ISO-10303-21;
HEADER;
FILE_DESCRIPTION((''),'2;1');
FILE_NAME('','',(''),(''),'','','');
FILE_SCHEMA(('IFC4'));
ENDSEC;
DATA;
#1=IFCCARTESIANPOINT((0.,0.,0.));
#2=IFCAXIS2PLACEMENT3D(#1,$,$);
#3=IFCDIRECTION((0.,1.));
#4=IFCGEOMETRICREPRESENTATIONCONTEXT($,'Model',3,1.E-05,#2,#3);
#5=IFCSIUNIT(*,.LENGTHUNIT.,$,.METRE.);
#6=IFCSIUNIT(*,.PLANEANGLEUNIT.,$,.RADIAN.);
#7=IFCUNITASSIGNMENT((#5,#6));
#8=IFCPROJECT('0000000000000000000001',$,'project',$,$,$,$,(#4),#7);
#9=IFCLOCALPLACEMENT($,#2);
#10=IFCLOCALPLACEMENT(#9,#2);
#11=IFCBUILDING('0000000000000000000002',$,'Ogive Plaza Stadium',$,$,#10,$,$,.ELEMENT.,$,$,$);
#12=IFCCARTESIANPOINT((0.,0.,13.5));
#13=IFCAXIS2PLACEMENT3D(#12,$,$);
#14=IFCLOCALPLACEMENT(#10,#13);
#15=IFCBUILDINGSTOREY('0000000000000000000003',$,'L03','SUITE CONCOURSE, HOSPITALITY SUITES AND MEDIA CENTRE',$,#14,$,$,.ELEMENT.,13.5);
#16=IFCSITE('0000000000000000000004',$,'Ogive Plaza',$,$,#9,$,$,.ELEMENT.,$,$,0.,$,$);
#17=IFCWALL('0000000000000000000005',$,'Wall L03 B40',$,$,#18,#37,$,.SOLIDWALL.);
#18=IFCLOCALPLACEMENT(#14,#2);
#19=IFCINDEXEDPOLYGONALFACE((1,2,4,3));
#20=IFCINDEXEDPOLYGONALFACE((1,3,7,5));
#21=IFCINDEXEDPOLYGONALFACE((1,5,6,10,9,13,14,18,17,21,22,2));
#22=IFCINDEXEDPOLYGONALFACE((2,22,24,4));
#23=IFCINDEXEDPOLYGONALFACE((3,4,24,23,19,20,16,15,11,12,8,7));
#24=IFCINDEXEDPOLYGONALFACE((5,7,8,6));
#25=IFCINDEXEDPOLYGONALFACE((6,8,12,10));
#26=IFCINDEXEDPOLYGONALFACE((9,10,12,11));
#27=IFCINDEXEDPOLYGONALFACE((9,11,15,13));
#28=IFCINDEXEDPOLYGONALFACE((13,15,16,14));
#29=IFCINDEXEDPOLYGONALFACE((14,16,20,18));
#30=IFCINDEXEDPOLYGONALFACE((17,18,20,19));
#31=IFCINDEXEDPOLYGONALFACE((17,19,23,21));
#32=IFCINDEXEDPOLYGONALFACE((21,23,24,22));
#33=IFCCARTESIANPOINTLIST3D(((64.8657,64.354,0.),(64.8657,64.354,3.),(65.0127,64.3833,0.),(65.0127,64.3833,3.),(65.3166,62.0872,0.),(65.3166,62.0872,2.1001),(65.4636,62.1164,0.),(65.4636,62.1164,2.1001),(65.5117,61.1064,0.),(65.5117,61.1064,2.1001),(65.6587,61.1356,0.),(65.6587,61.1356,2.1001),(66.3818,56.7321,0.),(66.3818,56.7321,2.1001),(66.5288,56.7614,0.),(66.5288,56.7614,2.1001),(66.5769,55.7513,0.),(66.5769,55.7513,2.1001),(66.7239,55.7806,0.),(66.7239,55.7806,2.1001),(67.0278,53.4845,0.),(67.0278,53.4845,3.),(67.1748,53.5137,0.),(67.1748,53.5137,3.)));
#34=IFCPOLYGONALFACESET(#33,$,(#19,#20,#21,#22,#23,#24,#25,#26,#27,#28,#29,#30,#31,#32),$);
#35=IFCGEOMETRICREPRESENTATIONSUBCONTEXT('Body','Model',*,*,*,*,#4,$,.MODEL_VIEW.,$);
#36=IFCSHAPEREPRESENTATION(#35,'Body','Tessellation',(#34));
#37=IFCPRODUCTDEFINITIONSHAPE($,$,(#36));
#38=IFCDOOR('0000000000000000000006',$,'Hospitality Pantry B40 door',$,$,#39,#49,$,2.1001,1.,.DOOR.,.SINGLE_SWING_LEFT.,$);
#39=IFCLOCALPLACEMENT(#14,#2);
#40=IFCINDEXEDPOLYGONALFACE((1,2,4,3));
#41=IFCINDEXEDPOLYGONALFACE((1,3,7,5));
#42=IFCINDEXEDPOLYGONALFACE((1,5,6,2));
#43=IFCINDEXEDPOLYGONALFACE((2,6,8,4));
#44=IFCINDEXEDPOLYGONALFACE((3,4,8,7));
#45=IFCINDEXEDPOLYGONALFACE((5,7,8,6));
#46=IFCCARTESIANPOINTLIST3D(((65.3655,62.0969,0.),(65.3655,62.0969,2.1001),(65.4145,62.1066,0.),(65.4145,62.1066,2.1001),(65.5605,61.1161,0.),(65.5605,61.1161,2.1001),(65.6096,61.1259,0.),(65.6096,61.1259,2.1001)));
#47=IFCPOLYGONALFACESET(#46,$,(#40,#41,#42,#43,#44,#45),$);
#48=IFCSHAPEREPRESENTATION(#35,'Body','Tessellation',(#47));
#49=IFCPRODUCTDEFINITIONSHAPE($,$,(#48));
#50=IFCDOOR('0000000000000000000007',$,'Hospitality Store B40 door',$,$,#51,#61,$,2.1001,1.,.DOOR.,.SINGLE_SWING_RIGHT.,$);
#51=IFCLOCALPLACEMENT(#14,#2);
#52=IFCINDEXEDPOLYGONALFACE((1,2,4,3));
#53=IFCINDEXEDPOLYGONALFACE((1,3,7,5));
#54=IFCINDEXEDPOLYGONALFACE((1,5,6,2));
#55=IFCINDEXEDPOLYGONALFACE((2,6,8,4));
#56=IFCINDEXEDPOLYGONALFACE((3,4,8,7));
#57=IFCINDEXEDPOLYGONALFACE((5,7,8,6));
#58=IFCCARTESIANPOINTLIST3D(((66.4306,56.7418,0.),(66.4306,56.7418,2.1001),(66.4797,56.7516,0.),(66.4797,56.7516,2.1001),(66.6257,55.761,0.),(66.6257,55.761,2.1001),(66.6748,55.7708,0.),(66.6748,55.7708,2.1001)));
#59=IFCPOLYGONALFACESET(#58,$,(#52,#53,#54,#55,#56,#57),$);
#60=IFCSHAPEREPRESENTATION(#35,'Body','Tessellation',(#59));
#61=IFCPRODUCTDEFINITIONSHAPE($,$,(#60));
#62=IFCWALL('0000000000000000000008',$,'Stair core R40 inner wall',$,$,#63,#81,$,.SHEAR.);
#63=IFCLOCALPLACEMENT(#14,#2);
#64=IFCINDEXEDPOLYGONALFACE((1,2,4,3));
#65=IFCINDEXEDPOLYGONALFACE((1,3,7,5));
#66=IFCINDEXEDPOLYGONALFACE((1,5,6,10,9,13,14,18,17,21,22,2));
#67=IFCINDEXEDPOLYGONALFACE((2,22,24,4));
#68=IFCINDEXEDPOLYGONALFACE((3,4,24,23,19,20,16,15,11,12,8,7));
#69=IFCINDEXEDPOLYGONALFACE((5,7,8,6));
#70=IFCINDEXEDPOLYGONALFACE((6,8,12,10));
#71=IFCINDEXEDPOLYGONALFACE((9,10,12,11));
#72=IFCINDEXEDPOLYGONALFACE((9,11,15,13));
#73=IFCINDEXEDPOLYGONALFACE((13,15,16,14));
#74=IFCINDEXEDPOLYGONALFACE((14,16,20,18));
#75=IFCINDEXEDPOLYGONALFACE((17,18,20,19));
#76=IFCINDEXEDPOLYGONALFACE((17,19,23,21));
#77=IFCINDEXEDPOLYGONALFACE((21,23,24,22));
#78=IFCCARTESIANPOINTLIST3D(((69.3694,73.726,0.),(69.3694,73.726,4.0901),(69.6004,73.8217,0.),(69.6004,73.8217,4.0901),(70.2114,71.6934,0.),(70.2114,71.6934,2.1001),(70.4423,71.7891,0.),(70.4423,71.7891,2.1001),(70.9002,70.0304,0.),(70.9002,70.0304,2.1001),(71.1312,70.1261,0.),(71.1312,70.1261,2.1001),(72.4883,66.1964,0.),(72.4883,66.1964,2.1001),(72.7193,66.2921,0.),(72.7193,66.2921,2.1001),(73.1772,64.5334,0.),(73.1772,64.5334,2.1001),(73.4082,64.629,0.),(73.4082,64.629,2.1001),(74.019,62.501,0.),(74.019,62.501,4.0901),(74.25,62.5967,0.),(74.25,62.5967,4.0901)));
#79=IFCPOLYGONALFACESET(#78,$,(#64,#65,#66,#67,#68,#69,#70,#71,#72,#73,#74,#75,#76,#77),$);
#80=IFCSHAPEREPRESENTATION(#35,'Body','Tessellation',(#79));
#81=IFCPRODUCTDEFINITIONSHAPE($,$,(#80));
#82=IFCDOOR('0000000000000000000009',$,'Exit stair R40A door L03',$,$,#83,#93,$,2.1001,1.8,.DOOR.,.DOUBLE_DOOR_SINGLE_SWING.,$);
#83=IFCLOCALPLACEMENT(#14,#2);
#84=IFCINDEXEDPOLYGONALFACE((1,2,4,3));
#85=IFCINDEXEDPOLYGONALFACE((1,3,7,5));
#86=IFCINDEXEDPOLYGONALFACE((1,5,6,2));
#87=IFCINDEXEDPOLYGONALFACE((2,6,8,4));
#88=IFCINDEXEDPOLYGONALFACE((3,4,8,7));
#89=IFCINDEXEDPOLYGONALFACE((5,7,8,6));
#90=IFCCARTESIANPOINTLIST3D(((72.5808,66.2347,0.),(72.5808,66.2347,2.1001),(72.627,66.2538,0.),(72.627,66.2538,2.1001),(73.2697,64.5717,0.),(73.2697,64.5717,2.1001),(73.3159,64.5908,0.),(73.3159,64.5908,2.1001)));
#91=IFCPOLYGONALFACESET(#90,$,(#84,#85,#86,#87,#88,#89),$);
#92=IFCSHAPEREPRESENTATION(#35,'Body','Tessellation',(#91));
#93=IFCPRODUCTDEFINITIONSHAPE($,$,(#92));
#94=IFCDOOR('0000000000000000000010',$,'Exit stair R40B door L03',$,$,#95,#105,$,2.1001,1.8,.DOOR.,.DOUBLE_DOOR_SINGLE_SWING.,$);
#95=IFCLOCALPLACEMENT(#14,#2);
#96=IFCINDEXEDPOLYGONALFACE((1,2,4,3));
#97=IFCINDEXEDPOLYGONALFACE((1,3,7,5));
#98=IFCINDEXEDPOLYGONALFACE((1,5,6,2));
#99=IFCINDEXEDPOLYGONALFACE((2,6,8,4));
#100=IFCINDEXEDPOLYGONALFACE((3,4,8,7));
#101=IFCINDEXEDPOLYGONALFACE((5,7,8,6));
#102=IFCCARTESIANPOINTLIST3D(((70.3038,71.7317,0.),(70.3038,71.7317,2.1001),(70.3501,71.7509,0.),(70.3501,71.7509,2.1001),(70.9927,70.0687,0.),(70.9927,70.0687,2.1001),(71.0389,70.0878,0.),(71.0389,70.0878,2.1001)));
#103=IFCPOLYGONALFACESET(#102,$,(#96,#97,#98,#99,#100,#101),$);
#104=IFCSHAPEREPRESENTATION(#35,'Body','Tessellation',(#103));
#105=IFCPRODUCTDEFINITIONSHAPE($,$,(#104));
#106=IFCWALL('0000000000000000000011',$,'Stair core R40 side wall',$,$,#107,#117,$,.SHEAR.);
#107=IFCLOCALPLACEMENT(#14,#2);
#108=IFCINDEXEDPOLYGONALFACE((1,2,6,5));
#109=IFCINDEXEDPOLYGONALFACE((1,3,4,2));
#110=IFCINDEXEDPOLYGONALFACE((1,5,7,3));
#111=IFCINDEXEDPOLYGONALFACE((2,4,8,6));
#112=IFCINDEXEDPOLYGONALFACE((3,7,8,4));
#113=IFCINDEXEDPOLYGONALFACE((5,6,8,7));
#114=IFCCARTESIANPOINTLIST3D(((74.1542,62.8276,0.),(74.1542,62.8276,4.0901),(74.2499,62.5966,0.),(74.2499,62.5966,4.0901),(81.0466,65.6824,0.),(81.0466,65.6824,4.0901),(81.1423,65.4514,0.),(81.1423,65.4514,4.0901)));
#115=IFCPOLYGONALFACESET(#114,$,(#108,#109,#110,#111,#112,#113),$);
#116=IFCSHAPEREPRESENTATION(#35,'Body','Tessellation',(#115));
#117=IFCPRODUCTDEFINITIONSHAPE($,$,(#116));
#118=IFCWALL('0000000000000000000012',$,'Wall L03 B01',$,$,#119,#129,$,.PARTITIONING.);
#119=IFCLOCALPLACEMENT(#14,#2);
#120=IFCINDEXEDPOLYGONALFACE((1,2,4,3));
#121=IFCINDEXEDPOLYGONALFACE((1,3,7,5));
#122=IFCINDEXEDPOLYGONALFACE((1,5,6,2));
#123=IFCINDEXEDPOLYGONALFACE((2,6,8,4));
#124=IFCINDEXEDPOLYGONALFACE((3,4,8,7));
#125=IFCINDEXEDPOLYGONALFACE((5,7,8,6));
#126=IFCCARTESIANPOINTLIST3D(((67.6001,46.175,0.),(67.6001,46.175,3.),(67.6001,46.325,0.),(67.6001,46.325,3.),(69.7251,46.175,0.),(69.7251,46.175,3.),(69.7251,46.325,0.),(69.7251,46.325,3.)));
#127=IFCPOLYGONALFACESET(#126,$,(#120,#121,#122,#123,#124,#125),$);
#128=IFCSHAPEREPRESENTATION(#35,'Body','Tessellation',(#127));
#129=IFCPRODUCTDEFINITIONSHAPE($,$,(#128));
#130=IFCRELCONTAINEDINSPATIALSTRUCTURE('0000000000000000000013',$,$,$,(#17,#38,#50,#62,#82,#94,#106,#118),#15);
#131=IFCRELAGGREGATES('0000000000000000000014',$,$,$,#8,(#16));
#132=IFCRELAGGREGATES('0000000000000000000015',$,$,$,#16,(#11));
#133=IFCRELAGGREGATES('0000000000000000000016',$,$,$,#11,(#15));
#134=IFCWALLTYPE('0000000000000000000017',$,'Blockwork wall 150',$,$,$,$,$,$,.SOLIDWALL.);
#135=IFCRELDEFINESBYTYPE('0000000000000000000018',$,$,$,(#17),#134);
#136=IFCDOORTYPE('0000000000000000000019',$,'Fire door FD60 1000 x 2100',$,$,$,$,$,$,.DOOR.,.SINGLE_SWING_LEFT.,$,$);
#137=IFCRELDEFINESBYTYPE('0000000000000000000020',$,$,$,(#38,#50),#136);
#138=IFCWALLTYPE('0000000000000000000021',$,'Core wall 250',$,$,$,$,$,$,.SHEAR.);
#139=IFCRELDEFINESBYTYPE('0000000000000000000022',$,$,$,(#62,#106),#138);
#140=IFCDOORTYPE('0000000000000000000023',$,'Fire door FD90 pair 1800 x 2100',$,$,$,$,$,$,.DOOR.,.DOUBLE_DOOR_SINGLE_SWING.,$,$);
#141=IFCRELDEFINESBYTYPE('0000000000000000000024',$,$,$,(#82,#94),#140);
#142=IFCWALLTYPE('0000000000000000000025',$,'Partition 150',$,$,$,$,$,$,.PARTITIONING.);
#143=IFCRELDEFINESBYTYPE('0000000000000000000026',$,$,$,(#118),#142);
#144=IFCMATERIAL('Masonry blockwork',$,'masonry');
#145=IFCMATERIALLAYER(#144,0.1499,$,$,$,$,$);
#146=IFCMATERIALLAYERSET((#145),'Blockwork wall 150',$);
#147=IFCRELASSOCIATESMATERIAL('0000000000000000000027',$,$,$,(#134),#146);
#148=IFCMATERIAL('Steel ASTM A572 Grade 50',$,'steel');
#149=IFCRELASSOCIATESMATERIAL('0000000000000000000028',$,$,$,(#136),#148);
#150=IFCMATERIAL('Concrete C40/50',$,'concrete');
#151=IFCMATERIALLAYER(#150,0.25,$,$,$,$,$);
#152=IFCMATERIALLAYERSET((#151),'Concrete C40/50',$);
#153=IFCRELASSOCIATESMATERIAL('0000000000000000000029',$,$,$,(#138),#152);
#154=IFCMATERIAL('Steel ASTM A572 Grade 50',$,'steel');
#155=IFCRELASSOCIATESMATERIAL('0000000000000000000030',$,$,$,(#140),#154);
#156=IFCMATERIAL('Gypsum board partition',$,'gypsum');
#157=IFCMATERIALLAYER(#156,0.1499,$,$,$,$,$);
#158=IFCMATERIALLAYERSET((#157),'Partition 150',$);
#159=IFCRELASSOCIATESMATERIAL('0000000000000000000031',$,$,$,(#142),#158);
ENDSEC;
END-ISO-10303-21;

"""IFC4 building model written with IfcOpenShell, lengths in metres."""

from ifc_helpers import new_model, si_unit, direction, frame, frame_2d, origin, place, context, subcontext, project, spatial, rectangle, extrude, material, layer, layer_set, type_object, element, fill, save


model = new_model("IFC4")

# Units and contexts
model_context = context("Model", 3, precision=1e-05, world=origin(), true_north=direction((0.0, 1.0)))
body_context = subcontext(model_context, "Body", "Model", "MODEL_VIEW")
ifc_project = project(units=[si_unit("LENGTHUNIT", "METRE"), si_unit("PLANEANGLEUNIT", "RADIAN")], contexts=[model_context])

# Site, building, storey
site_placement = place(None, origin())
site = spatial("IfcSite", under=ifc_project, at=site_placement, Name="Ogive Plaza", CompositionType="ELEMENT", RefElevation=0.0)
building_placement = place(site_placement, origin())
building = spatial("IfcBuilding", under=site, at=building_placement, Name="Ogive Plaza Stadium", CompositionType="ELEMENT")
storey_placement = place(building_placement, frame((0.0, 0.0, 13.5)))
storey = spatial("IfcBuildingStorey", under=building, at=storey_placement, Name="L03", Description="SUITE CONCOURSE, HOSPITALITY SUITES AND MEDIA CENTRE", CompositionType="ELEMENT", Elevation=13.5)

# Shared definitions
ifc_material_1 = material(Name="Masonry blockwork", Category="masonry")
ifc_layer_1 = layer(ifc_material_1, 0.1499)
ifc_layer_set_1 = layer_set([ifc_layer_1], Name="Blockwork wall 150")
wall_type_1 = type_object("IfcWallType", Name="Blockwork wall 150", PredefinedType="SOLIDWALL", material=ifc_layer_set_1)

# Walls, openings, doors
wall_1_placement = place(storey_placement, frame((64.9392, 64.3687, 0.0), z_axis=(0.0, 0.0, 1.0), x_axis=(0.195091, -0.980785, 0.0)))
wall_1 = element("IfcWall", 1, at=wall_1_placement, inside=storey, type_object=wall_type_1, Name="Wall L03 B40", PredefinedType="SOLIDWALL", context=body_context, shape_type="SweptSolid", body=[
    extrude(rectangle(XDim=11.0825, YDim=0.1499, at=frame_2d((5.5413, 0.0))), origin(), (0.0, 0.0, 1.0), 3.0),
])
opening_1_placement = place(wall_1_placement, frame((2.3113, 0.0, 0.0)))
opening_1 = element("IfcOpeningElement", 2, at=opening_1_placement, cuts=wall_1, PredefinedType="OPENING", context=body_context, shape_type="SweptSolid", body=[
    extrude(rectangle(XDim=1.0, YDim=2.1001, at=frame_2d((0.5, 1.05))), frame((0.0, 0.075, 0.0), z_axis=(0.0, -1.0, 0.0), x_axis=(1.0, 0.0, 0.0)), (0.0, 0.0, 1.0), 0.1499),
])
opening_2_placement = place(wall_1_placement, frame((7.7712, 0.0, 0.0)))
opening_2 = element("IfcOpeningElement", 3, at=opening_2_placement, cuts=wall_1, PredefinedType="OPENING", context=body_context, shape_type="SweptSolid", body=[
    extrude(rectangle(XDim=1.0, YDim=2.1001, at=frame_2d((0.5, 1.05))), frame((0.0, 0.075, 0.0), z_axis=(0.0, -1.0, 0.0), x_axis=(1.0, 0.0, 0.0)), (0.0, 0.0, 1.0), 0.1499),
])
ifc_material_2 = material(Name="Steel ASTM A572 Grade 50", Category="steel")
door_type_1 = type_object("IfcDoorType", Name="Fire door FD60 1000 x 2100", OperationType="SINGLE_SWING_LEFT", PredefinedType="DOOR", material=ifc_material_2)
door_1_placement = place(opening_1_placement, origin())
door_1 = element("IfcDoor", 4, at=door_1_placement, inside=storey, type_object=door_type_1, Name="Hospitality Pantry B40 door", OperationType="SINGLE_SWING_LEFT", OverallHeight=2.1001, OverallWidth=1.0, PredefinedType="DOOR", context=body_context, shape_type="SweptSolid", body=[
    extrude(rectangle(XDim=1.0, YDim=2.1001, at=frame_2d((0.5, 1.05))), frame((0.0, 0.0249, 0.0), z_axis=(0.0, -1.0, 0.0), x_axis=(1.0, 0.0, 0.0)), (0.0, 0.0, 1.0), 0.05),
])
fill(opening_1, door_1)
door_2_placement = place(opening_2_placement, origin())
door_2 = element("IfcDoor", 5, at=door_2_placement, inside=storey, type_object=door_type_1, Name="Hospitality Store B40 door", OperationType="SINGLE_SWING_RIGHT", OverallHeight=2.1001, OverallWidth=1.0, PredefinedType="DOOR", context=body_context, shape_type="SweptSolid", body=[
    extrude(rectangle(XDim=1.0, YDim=2.1001, at=frame_2d((0.5, 1.05))), frame((0.0, 0.0249, 0.0), z_axis=(0.0, -1.0, 0.0), x_axis=(1.0, 0.0, 0.0)), (0.0, 0.0, 1.0), 0.05),
])
fill(opening_2, door_2)
ifc_material_3 = material(Name="Concrete C40/50", Category="concrete")
ifc_layer_2 = layer(ifc_material_3, 0.25)
ifc_layer_set_2 = layer_set([ifc_layer_2], Name="Concrete C40/50")
wall_type_2 = type_object("IfcWallType", Name="Core wall 250", PredefinedType="SHEAR", material=ifc_layer_set_2)
wall_2_placement = place(storey_placement, frame((74.1345, 62.5488, 0.0), z_axis=(0.0, 0.0, 1.0), x_axis=(-0.382688, 0.923877, 0.0)))
wall_2 = element("IfcWall", 6, at=wall_2_placement, inside=storey, type_object=wall_type_2, Name="Stair core R40 inner wall", PredefinedType="SHEAR", context=body_context, shape_type="SweptSolid", body=[
    extrude(rectangle(XDim=12.1499, YDim=0.25, at=frame_2d((6.075, 0.0))), origin(), (0.0, 0.0, 1.0), 4.0901),
])
opening_3_placement = place(wall_2_placement, frame((2.2, 0.0, 0.0)))
opening_3 = element("IfcOpeningElement", 7, at=opening_3_placement, cuts=wall_2, PredefinedType="OPENING", context=body_context, shape_type="SweptSolid", body=[
    extrude(rectangle(XDim=1.8, YDim=2.1001, at=frame_2d((0.8999, 1.05))), frame((0.0, 0.125, 0.0), z_axis=(0.0, -1.0, 0.0), x_axis=(1.0, 0.0, 0.0)), (0.0, 0.0, 1.0), 0.25),
])
opening_4_placement = place(wall_2_placement, frame((8.1499, 0.0, 0.0)))
opening_4 = element("IfcOpeningElement", 8, at=opening_4_placement, cuts=wall_2, PredefinedType="OPENING", context=body_context, shape_type="SweptSolid", body=[
    extrude(rectangle(XDim=1.8, YDim=2.1001, at=frame_2d((0.8999, 1.05))), frame((0.0, 0.125, 0.0), z_axis=(0.0, -1.0, 0.0), x_axis=(1.0, 0.0, 0.0)), (0.0, 0.0, 1.0), 0.25),
])
ifc_material_4 = material(Name="Steel ASTM A572 Grade 50", Category="steel")
door_type_2 = type_object("IfcDoorType", Name="Fire door FD90 pair 1800 x 2100", OperationType="DOUBLE_DOOR_SINGLE_SWING", PredefinedType="DOOR", material=ifc_material_4)
door_3_placement = place(opening_3_placement, origin())
door_3 = element("IfcDoor", 9, at=door_3_placement, inside=storey, type_object=door_type_2, Name="Exit stair R40A door L03", OperationType="DOUBLE_DOOR_SINGLE_SWING", OverallHeight=2.1001, OverallWidth=1.8, PredefinedType="DOOR", context=body_context, shape_type="SweptSolid", body=[
    extrude(rectangle(XDim=1.8, YDim=2.1001, at=frame_2d((0.8999, 1.05))), frame((0.0, 0.0249, 0.0), z_axis=(0.0, -1.0, 0.0), x_axis=(1.0, 0.0, 0.0)), (0.0, 0.0, 1.0), 0.05),
])
fill(opening_3, door_3)
door_4_placement = place(opening_4_placement, origin())
door_4 = element("IfcDoor", 10, at=door_4_placement, inside=storey, type_object=door_type_2, Name="Exit stair R40B door L03", OperationType="DOUBLE_DOOR_SINGLE_SWING", OverallHeight=2.1001, OverallWidth=1.8, PredefinedType="DOOR", context=body_context, shape_type="SweptSolid", body=[
    extrude(rectangle(XDim=1.8, YDim=2.1001, at=frame_2d((0.8999, 1.05))), frame((0.0, 0.0249, 0.0), z_axis=(0.0, -1.0, 0.0), x_axis=(1.0, 0.0, 0.0)), (0.0, 0.0, 1.0), 0.05),
])
fill(opening_4, door_4)

# Walls
wall_3_placement = place(storey_placement, frame((74.2021, 62.7122, 0.0), z_axis=(0.0, 0.0, 1.0), x_axis=(0.923887, 0.382665, 0.0)))
element("IfcWall", 11, at=wall_3_placement, inside=storey, type_object=wall_type_2, Name="Stair core R40 side wall", PredefinedType="SHEAR", context=body_context, shape_type="SweptSolid", body=[
    extrude(rectangle(XDim=7.4602, YDim=0.25, at=frame_2d((3.73, 0.0))), origin(), (0.0, 0.0, 1.0), 4.0901),
])
ifc_material_5 = material(Name="Gypsum board partition", Category="gypsum")
ifc_layer_3 = layer(ifc_material_5, 0.1499)
ifc_layer_set_3 = layer_set([ifc_layer_3], Name="Partition 150")
wall_type_3 = type_object("IfcWallType", Name="Partition 150", PredefinedType="PARTITIONING", material=ifc_layer_set_3)
wall_4_placement = place(storey_placement, frame((67.6001, 46.25, 0.0), z_axis=(0.0, 0.0, 1.0), x_axis=(1.0, 0.0, 0.0)))
element("IfcWall", 12, at=wall_4_placement, inside=storey, type_object=wall_type_3, Name="Wall L03 B01", PredefinedType="PARTITIONING", context=body_context, shape_type="SweptSolid", body=[
    extrude(rectangle(XDim=2.125, YDim=0.1499, at=frame_2d((1.0625, 0.0))), origin(), (0.0, 0.0, 1.0), 3.0),
])

save(model, "model.ifc")
